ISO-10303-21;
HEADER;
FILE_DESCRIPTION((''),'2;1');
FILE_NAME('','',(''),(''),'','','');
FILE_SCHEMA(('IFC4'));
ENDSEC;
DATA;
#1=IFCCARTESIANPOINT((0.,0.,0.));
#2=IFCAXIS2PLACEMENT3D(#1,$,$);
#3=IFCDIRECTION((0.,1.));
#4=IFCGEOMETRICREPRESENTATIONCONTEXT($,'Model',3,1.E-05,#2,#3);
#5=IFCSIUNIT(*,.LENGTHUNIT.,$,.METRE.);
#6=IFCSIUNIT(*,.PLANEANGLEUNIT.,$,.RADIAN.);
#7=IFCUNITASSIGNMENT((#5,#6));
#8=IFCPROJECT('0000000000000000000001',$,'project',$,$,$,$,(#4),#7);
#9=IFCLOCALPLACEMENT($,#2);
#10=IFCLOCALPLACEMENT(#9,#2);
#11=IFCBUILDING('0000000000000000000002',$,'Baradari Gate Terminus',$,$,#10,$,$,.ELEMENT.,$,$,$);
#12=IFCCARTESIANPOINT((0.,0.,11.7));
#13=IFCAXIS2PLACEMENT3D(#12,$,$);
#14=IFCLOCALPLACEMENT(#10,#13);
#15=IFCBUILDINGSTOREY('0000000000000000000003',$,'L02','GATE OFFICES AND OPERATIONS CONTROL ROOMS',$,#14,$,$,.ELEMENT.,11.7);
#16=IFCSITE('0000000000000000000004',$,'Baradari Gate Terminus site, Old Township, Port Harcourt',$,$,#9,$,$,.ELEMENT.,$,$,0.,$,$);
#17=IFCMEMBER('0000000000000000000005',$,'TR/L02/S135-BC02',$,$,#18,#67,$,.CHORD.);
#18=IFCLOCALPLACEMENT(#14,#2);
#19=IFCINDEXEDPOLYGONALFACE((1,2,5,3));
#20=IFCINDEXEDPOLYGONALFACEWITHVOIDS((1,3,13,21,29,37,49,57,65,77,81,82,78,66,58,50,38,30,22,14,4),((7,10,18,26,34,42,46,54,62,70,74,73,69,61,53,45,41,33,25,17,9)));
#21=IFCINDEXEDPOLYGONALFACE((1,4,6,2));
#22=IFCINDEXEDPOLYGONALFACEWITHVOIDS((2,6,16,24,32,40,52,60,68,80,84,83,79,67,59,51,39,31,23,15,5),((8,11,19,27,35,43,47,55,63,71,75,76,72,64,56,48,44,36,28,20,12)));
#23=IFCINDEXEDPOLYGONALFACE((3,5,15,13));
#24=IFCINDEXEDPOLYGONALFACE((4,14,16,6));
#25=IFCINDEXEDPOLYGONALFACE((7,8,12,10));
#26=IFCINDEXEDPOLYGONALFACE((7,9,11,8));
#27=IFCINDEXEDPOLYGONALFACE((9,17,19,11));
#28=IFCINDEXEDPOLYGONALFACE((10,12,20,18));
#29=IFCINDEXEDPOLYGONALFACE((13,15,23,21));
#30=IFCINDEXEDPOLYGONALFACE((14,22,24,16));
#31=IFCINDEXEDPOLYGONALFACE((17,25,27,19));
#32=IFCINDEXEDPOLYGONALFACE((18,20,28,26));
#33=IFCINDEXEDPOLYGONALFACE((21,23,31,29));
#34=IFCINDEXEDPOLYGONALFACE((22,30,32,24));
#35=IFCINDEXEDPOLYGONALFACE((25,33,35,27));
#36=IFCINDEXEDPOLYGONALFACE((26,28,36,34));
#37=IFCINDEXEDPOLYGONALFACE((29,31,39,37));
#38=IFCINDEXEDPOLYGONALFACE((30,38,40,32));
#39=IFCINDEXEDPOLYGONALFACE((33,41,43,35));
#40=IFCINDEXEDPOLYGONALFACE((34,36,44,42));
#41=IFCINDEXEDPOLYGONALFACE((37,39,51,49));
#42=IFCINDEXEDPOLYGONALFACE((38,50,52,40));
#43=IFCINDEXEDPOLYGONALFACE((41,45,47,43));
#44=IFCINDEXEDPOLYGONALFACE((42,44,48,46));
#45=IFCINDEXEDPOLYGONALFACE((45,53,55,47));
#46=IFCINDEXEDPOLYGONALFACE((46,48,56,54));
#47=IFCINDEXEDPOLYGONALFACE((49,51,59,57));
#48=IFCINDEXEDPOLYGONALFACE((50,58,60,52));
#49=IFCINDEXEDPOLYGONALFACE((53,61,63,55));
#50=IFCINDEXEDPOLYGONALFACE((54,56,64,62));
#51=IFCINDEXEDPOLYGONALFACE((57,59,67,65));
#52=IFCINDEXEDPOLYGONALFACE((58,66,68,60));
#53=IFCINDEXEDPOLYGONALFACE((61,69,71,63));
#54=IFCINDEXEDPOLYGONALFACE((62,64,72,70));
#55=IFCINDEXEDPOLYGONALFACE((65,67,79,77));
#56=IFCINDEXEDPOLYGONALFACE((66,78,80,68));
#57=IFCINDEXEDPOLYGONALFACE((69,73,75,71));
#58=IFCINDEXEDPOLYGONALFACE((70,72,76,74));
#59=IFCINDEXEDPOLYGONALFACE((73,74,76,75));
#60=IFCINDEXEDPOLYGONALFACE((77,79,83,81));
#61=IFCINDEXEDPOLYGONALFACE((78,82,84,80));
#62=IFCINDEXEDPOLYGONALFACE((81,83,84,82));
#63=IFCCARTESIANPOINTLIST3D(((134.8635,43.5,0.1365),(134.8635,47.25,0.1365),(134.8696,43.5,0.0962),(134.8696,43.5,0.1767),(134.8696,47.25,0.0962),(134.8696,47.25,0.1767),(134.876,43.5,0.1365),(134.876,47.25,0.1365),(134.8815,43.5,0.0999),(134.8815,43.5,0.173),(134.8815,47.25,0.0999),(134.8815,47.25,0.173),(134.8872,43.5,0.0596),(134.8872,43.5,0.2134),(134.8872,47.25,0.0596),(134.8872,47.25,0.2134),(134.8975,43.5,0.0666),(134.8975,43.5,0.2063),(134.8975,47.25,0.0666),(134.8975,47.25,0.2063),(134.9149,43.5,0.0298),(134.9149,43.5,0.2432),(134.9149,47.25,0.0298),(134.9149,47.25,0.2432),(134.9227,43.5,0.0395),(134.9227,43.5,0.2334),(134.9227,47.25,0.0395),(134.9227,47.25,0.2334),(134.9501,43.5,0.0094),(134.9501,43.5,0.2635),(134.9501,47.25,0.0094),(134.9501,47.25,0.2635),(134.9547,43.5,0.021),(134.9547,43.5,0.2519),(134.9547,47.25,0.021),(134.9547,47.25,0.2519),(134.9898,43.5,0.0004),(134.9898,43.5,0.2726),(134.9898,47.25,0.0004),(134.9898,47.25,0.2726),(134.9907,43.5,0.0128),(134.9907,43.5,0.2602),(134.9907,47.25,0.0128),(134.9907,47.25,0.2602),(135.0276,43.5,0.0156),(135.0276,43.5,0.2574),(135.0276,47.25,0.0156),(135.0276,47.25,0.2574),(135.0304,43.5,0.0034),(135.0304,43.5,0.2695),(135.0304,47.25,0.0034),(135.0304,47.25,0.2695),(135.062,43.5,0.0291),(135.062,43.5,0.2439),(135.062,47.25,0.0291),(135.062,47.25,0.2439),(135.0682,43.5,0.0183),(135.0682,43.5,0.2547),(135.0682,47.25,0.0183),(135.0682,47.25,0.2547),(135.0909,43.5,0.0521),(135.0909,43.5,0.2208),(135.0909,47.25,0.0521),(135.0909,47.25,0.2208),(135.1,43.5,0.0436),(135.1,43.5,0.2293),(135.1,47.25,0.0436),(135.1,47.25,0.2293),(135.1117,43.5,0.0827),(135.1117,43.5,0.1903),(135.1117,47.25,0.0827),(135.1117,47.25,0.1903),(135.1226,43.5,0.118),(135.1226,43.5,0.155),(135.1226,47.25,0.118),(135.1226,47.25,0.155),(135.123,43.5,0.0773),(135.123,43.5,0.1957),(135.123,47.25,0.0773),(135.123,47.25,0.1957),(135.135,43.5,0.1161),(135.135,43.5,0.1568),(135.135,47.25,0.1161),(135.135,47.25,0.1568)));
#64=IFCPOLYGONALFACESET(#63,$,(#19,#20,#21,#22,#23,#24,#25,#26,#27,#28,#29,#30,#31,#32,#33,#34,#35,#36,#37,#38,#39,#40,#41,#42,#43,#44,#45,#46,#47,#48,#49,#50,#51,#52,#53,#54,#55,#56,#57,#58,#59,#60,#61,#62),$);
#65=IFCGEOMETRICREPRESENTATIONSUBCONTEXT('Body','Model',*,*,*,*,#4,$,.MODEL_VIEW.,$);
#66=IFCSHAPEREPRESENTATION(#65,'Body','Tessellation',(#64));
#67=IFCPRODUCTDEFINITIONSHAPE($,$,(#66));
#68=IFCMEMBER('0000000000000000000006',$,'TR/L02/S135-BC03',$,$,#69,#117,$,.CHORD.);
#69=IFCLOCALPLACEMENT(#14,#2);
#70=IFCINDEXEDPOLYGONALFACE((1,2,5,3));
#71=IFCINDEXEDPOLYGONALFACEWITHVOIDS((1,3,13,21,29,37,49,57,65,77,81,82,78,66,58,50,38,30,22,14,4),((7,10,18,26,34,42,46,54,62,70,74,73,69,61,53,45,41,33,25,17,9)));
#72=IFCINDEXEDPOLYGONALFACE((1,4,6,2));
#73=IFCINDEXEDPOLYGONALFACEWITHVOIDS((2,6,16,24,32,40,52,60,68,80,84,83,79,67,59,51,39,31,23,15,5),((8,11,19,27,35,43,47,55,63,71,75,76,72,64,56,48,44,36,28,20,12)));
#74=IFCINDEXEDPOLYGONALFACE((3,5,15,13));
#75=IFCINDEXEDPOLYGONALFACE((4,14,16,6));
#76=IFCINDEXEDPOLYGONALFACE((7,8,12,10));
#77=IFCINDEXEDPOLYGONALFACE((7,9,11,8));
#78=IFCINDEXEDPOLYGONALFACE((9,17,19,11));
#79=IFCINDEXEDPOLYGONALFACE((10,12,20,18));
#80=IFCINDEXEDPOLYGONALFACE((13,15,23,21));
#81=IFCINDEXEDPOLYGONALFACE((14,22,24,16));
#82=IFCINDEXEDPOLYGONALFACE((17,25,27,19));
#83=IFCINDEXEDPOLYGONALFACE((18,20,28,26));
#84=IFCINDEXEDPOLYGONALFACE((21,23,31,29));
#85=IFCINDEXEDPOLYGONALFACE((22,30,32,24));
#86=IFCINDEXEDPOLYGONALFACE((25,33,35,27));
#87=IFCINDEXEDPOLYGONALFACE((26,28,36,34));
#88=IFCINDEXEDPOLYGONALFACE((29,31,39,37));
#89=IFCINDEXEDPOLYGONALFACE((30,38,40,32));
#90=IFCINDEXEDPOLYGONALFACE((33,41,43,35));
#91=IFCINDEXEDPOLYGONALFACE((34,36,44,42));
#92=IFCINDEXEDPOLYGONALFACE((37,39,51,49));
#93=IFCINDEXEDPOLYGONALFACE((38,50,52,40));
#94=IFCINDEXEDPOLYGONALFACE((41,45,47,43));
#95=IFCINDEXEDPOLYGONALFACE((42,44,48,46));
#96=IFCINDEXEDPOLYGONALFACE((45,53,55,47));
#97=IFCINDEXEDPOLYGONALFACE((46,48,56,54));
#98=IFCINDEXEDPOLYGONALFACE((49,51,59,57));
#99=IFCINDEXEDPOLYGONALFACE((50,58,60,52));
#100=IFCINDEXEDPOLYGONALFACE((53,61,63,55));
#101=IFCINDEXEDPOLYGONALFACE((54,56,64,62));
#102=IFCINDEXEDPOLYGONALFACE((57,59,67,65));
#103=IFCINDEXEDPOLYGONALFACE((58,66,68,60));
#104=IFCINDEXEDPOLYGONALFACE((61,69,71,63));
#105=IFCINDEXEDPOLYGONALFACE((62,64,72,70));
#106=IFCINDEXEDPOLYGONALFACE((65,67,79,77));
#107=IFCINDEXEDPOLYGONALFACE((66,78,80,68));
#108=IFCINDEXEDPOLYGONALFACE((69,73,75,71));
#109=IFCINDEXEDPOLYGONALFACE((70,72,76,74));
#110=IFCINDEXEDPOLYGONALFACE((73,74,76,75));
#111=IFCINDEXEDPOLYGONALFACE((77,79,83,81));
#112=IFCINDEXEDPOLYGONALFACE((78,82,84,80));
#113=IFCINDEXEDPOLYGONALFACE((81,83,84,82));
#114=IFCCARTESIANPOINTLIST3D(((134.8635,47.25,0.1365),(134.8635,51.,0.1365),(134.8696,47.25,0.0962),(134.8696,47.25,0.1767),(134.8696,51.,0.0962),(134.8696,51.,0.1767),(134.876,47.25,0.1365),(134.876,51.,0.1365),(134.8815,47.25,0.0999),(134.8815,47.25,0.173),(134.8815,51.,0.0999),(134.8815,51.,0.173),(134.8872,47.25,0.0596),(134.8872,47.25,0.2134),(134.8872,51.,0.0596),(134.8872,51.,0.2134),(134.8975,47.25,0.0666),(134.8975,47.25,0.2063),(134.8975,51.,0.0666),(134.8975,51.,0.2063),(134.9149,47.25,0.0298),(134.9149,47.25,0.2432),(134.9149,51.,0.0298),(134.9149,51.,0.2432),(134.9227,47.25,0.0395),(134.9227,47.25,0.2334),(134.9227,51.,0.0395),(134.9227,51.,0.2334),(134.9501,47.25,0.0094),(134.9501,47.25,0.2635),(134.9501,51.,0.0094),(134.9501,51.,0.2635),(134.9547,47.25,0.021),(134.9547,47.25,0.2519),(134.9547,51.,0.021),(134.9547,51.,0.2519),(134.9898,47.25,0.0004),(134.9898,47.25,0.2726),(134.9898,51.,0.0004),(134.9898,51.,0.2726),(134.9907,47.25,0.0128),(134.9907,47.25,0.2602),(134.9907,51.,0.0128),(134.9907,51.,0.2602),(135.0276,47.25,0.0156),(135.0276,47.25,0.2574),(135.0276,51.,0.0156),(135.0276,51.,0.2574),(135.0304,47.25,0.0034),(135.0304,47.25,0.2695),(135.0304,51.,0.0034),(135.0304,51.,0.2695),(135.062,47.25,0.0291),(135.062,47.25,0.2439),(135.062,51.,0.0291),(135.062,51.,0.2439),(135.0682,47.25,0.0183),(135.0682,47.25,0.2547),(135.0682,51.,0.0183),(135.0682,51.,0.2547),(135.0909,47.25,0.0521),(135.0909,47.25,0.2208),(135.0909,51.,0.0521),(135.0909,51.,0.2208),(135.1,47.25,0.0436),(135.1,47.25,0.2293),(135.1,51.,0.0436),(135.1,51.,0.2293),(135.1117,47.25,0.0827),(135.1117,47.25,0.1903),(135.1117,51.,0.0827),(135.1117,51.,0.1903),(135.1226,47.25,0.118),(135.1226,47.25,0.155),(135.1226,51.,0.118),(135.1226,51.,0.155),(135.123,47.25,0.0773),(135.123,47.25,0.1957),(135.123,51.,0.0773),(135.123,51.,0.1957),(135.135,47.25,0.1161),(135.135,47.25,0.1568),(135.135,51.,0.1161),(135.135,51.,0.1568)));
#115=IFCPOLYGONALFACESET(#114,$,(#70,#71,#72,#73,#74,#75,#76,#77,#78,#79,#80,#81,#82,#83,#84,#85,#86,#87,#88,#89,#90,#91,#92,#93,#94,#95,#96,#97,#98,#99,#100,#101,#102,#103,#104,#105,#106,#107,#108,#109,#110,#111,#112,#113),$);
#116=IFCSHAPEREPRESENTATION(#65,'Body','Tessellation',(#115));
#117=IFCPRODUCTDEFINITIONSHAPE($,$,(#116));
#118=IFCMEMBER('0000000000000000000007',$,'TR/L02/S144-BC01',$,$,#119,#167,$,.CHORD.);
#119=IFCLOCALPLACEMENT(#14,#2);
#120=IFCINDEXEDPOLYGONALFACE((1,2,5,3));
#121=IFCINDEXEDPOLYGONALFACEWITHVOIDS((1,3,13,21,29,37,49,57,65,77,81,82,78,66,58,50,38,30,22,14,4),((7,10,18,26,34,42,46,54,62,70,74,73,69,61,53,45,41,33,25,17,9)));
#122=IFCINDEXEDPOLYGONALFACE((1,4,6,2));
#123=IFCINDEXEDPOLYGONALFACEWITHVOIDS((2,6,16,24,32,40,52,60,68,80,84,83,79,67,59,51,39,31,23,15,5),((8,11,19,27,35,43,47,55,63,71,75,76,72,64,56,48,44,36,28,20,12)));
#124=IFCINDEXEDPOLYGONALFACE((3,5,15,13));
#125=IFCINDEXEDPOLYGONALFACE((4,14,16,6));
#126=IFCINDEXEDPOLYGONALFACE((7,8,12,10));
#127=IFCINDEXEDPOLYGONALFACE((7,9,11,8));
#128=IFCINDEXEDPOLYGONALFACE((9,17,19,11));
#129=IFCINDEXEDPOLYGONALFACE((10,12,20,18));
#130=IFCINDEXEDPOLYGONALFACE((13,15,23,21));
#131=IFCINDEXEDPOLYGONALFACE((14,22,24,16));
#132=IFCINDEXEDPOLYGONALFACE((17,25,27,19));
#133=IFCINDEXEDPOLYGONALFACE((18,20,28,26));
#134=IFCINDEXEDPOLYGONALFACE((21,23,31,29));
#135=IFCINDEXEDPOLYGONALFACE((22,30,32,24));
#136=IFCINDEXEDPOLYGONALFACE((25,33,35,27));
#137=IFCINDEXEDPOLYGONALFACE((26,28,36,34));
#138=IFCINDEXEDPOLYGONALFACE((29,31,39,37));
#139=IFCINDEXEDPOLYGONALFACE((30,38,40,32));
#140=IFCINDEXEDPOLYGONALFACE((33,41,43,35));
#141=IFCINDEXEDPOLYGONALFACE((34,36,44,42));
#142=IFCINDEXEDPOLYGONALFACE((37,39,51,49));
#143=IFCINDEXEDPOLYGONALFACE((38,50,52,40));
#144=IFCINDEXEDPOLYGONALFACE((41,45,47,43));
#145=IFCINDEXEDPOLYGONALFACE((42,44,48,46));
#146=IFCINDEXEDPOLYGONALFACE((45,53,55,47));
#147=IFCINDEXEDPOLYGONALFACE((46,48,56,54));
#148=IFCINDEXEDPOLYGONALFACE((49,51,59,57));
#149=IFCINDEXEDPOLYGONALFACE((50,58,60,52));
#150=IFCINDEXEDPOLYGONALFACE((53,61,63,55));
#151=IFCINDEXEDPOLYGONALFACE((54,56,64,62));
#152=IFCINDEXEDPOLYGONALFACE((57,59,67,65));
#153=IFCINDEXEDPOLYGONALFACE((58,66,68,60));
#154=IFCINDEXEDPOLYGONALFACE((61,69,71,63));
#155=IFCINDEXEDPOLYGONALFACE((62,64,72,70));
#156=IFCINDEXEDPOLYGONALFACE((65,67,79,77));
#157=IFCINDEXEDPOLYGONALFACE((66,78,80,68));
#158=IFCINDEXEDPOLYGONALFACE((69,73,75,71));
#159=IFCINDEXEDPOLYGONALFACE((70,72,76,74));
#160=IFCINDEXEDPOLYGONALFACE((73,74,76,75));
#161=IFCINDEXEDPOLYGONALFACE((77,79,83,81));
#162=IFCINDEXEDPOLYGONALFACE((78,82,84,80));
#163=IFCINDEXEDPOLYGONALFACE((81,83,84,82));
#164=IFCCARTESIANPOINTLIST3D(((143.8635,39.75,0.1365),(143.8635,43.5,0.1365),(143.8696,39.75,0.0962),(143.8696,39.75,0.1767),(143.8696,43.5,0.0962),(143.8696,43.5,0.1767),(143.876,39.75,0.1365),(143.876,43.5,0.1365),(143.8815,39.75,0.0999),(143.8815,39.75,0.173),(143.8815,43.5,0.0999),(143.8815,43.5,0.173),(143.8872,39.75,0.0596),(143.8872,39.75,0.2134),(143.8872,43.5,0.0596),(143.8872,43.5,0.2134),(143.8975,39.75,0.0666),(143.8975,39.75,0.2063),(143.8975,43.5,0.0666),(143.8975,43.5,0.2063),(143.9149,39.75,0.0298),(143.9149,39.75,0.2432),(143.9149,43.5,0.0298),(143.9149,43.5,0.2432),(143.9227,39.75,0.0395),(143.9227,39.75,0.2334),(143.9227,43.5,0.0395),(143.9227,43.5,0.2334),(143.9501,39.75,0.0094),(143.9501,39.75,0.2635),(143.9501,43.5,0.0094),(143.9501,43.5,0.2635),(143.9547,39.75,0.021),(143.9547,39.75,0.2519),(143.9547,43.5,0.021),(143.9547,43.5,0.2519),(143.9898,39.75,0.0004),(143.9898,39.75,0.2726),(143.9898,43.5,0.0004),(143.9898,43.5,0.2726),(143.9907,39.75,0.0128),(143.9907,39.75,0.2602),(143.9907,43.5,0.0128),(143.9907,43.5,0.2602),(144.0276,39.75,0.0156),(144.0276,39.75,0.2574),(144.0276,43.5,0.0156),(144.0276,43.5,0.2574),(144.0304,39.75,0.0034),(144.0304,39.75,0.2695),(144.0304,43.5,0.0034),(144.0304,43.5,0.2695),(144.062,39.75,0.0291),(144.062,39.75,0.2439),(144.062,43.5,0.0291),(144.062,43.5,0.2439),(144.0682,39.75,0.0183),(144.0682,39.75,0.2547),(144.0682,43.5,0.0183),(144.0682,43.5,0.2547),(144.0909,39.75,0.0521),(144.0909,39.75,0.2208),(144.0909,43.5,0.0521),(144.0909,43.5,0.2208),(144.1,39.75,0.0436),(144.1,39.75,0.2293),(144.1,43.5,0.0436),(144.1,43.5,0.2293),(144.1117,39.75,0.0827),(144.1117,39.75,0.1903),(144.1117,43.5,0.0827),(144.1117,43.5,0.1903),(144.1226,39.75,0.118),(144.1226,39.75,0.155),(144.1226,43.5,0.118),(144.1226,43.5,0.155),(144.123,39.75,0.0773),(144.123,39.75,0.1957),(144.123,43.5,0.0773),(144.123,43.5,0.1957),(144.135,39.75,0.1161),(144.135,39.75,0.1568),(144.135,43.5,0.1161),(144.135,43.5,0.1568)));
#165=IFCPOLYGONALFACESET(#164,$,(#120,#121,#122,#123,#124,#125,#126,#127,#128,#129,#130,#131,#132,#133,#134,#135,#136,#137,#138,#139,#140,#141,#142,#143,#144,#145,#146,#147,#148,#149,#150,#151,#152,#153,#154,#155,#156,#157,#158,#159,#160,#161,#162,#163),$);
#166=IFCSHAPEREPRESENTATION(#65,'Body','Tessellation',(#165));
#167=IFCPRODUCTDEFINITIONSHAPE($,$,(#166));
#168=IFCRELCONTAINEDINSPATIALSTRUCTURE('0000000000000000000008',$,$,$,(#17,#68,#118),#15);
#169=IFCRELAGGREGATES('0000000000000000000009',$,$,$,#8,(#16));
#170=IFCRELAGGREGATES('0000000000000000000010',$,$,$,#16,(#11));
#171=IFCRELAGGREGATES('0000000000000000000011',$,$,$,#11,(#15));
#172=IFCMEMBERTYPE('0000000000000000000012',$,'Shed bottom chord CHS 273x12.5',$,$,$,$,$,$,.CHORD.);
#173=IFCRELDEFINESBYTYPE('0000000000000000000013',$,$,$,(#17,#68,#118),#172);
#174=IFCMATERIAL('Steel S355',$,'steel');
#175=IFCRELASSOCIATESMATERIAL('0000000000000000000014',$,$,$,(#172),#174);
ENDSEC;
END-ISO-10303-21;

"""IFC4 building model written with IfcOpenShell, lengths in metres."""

from ifc_helpers import new_model, si_unit, direction, frame, origin, origin_2d, place, context, subcontext, project, spatial, hollow_circle, extrude, material, material_profile, profile_set, type_object, element, save


model = new_model("IFC4")

# Units and contexts
model_context = context("Model", 3, precision=1e-05, world=origin(), true_north=direction((0.0, 1.0)))
body_context = subcontext(model_context, "Body", "Model", "MODEL_VIEW")
ifc_project = project(units=[si_unit("LENGTHUNIT", "METRE"), si_unit("PLANEANGLEUNIT", "RADIAN")], contexts=[model_context])

# Site, building, storey
site_placement = place(None, origin())
site = spatial("IfcSite", under=ifc_project, at=site_placement, Name="Baradari Gate Terminus site, Old Township, Port Harcourt", CompositionType="ELEMENT", RefElevation=0.0)
building_placement = place(site_placement, origin())
building = spatial("IfcBuilding", under=site, at=building_placement, Name="Baradari Gate Terminus", CompositionType="ELEMENT")
storey_placement = place(building_placement, frame((0.0, 0.0, 11.7)))
storey = spatial("IfcBuildingStorey", under=building, at=storey_placement, Name="L02", Description="GATE OFFICES AND OPERATIONS CONTROL ROOMS", CompositionType="ELEMENT", Elevation=11.7)

# Members
ifc_material_1 = material(Name="Steel S355", Category="steel")
ifc_material_profile_1 = material_profile(ifc_material_1, hollow_circle(Radius=0.1365, WallThickness=0.0125, at=origin_2d()), Name="CHS 273x12.5")
ifc_profile_set_1 = profile_set([ifc_material_profile_1], Name="Steel S355")
member_type_1 = type_object("IfcMemberType", Name="Shed bottom chord CHS 273x12.5", PredefinedType="CHORD", material=ifc_profile_set_1)
for number, where, z_axis, x_axis, name in (
    (1, (135.0, 43.5, 0.1365), (0.0, 1.0, 0.0), (-1.0, 0.0, 0.0), "TR/L02/S135-BC02"),
    (2, (135.0, 47.25, 0.1365), (0.0, 1.0, 0.0), (-1.0, 0.0, 0.0), "TR/L02/S135-BC03"),
    (3, (144.0, 39.75, 0.1365), (0.0, 1.0, 0.0), (-1.0, 0.0, 0.0), "TR/L02/S144-BC01"),
):
    element("IfcMember", number, at=place(storey_placement, frame(where, z_axis=z_axis, x_axis=x_axis)), inside=storey, type_object=member_type_1, Name=name, PredefinedType="CHORD", context=body_context, shape_type="SweptSolid", body=[
        extrude(hollow_circle(Radius=0.1365, WallThickness=0.0125, at=origin_2d()), origin(), (0.0, 0.0, 1.0), 3.75),
    ])

save(model, "model.ifc")
